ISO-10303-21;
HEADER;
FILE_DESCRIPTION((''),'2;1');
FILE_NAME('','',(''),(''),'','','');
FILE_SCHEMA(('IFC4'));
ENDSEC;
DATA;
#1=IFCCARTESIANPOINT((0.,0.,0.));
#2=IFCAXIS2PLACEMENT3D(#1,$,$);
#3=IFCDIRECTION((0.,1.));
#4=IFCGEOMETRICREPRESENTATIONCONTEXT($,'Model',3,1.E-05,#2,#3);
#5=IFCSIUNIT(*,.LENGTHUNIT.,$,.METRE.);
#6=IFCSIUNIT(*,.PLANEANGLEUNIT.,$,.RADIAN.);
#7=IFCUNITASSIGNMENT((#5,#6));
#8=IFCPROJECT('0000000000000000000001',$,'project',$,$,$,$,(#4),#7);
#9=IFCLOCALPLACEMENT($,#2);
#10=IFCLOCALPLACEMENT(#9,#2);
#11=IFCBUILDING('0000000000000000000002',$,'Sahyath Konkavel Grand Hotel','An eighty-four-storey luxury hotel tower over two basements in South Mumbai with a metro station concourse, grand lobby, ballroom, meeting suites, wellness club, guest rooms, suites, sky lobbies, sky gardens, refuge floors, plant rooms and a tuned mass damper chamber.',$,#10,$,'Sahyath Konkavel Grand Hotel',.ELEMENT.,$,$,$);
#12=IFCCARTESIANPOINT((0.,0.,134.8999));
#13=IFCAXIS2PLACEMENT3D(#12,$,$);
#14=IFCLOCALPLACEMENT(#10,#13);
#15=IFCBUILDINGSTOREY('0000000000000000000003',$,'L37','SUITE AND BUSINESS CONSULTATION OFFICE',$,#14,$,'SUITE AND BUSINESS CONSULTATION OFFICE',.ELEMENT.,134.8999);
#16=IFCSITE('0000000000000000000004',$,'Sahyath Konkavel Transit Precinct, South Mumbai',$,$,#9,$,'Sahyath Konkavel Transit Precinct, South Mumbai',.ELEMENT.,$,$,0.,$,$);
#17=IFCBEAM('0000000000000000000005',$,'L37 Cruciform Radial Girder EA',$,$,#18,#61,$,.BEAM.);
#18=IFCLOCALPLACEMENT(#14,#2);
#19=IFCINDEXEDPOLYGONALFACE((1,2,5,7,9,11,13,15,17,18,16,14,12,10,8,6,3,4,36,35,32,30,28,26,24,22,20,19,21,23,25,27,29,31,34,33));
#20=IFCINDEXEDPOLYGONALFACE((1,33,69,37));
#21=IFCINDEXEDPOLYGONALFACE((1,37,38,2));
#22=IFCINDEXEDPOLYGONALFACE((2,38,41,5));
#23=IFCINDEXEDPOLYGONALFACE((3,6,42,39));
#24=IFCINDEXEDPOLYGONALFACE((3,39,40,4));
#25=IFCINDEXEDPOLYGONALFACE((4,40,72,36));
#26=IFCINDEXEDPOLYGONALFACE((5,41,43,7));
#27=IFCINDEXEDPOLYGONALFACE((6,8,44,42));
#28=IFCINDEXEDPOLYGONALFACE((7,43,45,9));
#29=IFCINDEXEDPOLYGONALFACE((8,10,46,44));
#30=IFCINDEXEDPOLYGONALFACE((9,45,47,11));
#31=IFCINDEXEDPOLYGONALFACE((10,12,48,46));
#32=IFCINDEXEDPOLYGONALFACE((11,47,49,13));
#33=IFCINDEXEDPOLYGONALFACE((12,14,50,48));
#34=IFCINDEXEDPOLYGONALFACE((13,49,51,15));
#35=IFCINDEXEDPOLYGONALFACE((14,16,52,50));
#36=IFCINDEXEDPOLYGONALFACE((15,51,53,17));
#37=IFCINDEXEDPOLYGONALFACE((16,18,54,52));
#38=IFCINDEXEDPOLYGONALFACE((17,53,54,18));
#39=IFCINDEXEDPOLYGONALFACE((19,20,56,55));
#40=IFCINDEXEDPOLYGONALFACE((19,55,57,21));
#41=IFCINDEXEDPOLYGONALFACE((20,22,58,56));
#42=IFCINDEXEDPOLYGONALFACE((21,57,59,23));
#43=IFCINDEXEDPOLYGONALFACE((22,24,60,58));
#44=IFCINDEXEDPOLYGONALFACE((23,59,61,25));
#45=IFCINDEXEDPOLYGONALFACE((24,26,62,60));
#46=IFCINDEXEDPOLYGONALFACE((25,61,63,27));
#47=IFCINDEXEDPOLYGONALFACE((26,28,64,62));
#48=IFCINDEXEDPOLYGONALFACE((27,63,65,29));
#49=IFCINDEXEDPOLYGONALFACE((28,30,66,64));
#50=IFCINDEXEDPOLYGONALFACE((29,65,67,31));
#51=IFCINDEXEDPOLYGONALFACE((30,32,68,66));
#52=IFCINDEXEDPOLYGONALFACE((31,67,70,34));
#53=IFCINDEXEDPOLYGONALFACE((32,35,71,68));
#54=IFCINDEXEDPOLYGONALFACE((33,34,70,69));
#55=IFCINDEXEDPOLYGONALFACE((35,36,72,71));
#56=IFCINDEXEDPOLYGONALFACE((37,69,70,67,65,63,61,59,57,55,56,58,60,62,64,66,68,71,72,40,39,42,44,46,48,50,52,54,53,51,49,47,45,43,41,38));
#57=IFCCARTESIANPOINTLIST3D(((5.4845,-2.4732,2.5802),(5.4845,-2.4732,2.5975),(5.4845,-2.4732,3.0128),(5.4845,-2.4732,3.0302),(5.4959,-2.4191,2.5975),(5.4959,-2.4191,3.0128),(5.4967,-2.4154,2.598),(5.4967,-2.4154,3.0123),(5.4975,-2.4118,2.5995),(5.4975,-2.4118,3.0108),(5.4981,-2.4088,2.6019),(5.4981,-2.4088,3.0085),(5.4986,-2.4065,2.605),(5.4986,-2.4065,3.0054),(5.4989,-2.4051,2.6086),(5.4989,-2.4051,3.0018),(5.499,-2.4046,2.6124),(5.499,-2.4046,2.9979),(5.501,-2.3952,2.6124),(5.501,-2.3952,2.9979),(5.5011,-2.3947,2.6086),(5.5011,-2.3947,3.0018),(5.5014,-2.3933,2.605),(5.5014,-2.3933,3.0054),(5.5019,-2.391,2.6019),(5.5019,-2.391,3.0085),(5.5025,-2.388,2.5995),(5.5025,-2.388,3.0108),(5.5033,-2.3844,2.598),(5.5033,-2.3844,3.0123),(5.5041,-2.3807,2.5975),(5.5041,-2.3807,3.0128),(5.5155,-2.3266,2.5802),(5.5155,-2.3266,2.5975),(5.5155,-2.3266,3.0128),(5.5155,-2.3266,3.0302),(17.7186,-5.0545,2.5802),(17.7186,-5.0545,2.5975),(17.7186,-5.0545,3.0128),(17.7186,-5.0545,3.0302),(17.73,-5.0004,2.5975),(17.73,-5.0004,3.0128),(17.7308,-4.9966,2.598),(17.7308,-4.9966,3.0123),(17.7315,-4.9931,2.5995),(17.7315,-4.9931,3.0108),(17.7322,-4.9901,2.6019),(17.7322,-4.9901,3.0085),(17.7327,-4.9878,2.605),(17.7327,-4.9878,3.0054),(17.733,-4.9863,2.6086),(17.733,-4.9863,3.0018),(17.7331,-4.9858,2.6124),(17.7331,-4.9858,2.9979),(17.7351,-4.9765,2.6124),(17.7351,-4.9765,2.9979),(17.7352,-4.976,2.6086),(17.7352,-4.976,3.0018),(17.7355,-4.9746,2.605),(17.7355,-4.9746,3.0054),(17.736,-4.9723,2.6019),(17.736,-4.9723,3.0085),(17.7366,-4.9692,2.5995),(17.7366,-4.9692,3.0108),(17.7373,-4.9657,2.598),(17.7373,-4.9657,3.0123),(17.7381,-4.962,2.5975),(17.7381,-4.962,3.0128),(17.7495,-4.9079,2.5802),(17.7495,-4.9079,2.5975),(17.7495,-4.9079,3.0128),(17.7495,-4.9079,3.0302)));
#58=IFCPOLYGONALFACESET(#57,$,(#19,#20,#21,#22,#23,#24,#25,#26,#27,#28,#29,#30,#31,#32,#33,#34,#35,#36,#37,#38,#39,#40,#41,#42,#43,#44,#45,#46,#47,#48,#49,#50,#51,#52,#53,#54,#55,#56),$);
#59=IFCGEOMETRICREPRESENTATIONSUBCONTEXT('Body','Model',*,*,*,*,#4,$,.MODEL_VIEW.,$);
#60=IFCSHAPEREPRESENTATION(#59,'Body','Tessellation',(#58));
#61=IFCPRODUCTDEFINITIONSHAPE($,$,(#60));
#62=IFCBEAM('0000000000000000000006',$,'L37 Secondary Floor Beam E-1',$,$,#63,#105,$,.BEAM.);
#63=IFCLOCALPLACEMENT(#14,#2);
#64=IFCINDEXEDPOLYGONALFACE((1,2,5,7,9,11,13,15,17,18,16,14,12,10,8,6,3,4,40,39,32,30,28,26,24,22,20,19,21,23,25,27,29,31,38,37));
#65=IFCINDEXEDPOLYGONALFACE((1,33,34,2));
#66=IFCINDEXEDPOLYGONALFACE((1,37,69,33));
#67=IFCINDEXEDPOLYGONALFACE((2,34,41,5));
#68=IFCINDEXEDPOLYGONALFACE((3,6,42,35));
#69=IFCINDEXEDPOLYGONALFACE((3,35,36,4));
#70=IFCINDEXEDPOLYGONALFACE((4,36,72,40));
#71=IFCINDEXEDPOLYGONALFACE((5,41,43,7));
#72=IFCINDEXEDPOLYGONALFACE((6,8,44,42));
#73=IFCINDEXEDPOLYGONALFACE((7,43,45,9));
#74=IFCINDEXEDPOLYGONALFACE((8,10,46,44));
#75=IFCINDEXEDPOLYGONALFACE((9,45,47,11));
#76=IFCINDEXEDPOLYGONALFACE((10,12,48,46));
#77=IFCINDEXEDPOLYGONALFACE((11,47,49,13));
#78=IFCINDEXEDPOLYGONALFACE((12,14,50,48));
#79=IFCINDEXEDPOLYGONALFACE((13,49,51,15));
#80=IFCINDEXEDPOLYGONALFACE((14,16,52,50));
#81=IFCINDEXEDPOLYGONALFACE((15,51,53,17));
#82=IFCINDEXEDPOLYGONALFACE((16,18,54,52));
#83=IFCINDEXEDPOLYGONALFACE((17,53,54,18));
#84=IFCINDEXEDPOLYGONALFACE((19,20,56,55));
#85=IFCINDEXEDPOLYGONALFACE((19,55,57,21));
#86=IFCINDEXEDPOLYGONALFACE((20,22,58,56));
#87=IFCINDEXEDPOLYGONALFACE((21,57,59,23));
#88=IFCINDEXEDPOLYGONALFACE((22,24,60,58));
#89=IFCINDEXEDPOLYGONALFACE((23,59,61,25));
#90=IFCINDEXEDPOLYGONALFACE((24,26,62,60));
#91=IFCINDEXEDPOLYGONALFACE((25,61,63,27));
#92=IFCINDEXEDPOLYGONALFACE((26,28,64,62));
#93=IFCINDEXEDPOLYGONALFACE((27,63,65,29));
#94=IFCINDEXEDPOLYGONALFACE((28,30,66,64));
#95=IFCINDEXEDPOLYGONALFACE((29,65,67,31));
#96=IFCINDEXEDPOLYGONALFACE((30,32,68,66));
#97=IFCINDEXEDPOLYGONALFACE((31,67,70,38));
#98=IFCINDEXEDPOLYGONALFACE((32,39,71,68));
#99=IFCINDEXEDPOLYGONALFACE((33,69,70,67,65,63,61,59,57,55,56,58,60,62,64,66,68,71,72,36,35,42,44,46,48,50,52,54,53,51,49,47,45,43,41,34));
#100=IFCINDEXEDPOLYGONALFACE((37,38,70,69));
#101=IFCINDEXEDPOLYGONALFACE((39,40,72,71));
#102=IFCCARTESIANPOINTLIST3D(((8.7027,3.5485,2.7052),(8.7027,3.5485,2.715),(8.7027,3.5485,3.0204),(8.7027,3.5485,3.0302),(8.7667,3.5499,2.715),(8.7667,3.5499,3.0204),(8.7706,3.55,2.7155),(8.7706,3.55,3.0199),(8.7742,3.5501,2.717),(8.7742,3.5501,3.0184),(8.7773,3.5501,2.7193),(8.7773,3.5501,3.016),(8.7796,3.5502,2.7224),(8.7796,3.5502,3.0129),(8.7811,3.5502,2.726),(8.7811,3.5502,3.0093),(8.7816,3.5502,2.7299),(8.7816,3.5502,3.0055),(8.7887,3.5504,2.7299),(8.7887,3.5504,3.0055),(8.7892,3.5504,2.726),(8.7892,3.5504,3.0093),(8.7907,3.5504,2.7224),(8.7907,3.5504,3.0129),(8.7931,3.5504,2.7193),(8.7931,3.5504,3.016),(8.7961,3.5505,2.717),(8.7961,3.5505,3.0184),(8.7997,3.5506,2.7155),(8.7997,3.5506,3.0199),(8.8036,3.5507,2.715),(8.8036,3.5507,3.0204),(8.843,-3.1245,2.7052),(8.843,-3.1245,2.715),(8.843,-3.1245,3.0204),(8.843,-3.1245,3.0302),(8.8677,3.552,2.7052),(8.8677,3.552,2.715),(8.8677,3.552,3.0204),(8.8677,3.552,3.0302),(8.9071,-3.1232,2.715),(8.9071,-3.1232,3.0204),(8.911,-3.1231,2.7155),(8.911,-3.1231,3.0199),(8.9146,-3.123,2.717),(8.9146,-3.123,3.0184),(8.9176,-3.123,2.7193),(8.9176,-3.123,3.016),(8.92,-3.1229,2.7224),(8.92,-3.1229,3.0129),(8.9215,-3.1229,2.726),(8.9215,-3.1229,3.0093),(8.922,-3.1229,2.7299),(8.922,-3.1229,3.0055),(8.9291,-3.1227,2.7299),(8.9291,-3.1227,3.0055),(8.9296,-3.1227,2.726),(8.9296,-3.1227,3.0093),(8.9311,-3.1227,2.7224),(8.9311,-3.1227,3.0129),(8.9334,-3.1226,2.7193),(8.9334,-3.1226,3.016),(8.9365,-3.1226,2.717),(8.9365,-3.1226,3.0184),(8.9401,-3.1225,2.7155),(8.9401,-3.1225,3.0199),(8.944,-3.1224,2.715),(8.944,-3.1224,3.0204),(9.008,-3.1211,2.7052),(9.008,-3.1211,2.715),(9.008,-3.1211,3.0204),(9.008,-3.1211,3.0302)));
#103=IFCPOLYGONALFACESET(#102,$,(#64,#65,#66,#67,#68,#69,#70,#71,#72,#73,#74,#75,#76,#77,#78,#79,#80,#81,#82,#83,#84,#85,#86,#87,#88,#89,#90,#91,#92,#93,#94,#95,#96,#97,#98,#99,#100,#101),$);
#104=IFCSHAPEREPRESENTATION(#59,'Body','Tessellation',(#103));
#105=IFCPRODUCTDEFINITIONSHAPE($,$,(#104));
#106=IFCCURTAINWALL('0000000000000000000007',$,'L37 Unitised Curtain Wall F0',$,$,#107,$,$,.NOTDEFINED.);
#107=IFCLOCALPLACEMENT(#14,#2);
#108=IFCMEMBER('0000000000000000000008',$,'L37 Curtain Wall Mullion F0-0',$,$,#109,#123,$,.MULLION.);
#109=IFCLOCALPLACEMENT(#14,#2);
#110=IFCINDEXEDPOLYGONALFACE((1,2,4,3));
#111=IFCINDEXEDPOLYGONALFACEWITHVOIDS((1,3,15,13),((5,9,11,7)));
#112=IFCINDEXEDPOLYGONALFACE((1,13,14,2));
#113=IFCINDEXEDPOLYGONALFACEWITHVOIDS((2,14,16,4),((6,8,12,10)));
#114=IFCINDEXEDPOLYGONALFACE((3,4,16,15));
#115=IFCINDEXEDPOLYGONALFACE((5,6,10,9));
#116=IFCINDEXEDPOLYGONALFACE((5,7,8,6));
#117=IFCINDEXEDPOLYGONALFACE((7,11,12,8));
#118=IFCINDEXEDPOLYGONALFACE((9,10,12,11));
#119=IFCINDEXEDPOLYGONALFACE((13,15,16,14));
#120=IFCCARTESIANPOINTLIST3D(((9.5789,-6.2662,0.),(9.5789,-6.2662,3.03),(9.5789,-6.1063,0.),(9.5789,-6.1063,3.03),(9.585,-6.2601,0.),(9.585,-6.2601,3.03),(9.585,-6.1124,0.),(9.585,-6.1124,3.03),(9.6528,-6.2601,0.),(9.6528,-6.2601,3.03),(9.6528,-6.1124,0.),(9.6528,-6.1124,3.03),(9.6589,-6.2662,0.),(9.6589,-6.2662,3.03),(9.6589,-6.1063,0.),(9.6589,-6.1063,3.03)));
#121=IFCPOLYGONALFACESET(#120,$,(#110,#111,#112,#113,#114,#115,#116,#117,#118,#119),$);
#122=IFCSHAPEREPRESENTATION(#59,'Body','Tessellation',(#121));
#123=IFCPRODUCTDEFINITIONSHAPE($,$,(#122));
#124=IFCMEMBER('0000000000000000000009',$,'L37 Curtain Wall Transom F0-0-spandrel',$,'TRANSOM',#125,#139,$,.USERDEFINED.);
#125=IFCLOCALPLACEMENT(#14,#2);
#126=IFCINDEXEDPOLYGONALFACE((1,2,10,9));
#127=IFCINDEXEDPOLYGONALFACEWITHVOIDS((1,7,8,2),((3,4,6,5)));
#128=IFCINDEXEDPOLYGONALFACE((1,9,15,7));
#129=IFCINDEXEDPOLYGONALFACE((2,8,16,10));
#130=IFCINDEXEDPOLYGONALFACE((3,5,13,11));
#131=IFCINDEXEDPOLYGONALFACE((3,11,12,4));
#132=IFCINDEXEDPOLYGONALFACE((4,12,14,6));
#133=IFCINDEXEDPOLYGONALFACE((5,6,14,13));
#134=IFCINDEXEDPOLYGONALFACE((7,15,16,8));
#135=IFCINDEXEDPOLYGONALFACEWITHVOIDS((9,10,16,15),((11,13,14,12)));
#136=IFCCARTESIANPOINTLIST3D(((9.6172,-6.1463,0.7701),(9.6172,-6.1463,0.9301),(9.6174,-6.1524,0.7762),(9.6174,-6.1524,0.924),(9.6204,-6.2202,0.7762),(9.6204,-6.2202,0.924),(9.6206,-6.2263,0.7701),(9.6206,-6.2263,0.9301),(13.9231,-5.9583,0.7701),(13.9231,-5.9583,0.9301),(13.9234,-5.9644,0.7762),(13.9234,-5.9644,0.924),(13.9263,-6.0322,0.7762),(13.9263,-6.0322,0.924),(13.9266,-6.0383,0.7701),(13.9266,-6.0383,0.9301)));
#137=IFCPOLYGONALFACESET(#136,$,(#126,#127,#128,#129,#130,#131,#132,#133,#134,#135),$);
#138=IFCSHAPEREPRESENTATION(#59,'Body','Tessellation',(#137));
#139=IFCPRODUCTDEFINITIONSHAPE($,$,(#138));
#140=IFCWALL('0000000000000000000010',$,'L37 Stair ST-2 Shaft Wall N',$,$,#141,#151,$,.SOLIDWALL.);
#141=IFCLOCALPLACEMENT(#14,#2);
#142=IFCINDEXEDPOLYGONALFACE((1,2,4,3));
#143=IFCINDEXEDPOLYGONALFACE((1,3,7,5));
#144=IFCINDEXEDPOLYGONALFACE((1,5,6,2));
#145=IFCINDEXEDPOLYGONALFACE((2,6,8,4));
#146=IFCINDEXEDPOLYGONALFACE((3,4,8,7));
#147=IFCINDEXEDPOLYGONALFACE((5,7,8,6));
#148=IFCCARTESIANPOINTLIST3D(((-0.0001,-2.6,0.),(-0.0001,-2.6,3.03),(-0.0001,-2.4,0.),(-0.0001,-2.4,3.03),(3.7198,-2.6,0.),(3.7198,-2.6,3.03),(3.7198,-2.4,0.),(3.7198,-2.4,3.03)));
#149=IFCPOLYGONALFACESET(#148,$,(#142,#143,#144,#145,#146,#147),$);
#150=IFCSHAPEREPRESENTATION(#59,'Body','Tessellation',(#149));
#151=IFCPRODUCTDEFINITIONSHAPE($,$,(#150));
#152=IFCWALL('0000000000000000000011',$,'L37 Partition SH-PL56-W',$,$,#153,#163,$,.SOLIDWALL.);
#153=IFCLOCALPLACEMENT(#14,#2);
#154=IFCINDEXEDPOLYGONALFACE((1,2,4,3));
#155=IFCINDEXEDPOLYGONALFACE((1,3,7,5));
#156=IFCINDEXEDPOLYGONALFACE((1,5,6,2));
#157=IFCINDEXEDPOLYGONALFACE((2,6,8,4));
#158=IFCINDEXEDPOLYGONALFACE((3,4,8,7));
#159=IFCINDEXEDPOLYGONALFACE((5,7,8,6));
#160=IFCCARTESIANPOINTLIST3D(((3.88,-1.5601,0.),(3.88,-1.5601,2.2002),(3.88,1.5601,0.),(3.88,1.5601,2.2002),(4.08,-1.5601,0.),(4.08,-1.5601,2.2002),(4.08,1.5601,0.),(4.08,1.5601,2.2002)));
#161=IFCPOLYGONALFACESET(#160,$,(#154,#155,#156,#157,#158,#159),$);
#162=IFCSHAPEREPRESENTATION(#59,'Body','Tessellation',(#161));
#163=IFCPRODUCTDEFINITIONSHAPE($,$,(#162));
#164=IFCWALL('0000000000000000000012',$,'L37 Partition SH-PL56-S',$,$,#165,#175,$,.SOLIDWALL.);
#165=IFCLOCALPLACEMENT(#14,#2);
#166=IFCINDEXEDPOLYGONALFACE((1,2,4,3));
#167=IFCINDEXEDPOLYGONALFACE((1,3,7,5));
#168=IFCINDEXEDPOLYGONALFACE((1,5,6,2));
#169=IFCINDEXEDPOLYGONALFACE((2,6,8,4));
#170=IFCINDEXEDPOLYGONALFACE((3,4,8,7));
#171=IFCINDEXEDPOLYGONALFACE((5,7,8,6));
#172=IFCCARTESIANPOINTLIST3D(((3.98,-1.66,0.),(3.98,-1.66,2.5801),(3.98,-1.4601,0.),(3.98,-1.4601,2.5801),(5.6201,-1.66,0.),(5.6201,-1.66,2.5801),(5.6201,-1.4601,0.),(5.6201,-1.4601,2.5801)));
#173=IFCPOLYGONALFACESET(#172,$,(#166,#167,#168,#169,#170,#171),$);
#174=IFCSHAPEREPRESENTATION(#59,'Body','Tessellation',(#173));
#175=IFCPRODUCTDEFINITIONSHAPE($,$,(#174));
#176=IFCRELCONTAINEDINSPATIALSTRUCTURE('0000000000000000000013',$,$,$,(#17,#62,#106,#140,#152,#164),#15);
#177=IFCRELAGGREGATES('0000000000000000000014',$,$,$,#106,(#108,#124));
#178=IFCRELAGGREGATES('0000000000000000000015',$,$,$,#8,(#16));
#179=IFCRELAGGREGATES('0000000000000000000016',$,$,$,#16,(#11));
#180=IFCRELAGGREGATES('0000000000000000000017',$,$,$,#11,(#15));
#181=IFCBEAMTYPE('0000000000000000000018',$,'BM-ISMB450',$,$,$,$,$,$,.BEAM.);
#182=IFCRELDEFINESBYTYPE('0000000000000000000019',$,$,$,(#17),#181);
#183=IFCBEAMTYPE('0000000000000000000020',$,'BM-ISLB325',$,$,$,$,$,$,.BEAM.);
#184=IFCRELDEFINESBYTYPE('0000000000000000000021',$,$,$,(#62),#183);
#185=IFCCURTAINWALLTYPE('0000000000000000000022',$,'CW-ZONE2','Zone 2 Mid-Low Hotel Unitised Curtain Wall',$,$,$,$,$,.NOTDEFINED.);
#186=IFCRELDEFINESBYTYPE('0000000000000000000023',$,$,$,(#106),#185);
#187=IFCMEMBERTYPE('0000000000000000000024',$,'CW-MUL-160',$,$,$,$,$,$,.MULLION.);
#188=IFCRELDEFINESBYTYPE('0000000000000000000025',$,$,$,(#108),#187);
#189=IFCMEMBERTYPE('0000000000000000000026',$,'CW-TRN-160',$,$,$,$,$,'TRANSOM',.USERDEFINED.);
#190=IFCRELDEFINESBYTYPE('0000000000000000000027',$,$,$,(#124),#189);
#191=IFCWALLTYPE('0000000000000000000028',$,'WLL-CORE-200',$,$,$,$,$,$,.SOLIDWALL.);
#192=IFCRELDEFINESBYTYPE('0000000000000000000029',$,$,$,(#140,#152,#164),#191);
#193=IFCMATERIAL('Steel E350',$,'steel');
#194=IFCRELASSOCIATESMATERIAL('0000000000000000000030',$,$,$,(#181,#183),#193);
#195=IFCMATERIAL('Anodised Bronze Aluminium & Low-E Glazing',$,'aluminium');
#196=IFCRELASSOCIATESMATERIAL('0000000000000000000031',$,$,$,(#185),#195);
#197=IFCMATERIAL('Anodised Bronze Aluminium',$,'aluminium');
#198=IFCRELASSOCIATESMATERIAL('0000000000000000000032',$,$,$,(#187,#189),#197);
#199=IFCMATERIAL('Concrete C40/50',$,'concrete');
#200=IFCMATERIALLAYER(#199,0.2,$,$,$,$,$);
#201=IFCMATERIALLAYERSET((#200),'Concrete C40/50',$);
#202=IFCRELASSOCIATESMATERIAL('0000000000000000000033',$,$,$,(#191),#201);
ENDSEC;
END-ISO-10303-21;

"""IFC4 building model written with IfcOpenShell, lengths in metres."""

from ifc_helpers import new_model, si_unit, direction, frame, frame_2d, origin, origin_2d, place, context, subcontext, project, spatial, rectangle, hollow_rectangle, i_section, extrude, source, transform, mapped, material, layer, layer_set, material_profile, profile_set, type_object, element, aggregate, save


model = new_model("IFC4")

# Units and contexts
model_context = context("Model", 3, precision=1e-05, world=origin(), true_north=direction((0.0, 1.0)))
body_context = subcontext(model_context, "Body", "Model", "MODEL_VIEW")
ifc_project = project(units=[si_unit("LENGTHUNIT", "METRE"), si_unit("PLANEANGLEUNIT", "RADIAN")], contexts=[model_context])

# Site, building, storey
site_placement = place(None, origin())
site = spatial("IfcSite", under=ifc_project, at=site_placement, Name="Sahyath Konkavel Transit Precinct, South Mumbai", LongName="Sahyath Konkavel Transit Precinct, South Mumbai", CompositionType="ELEMENT", RefElevation=0.0)
building_placement = place(site_placement, origin())
building = spatial("IfcBuilding", under=site, at=building_placement, Name="Sahyath Konkavel Grand Hotel", Description="An eighty-four-storey luxury hotel tower over two basements in South Mumbai with a metro station concourse, grand lobby, ballroom, meeting suites, wellness club, guest rooms, suites, sky lobbies, sky gardens, refuge floors, plant rooms and a tuned mass damper chamber.", LongName="Sahyath Konkavel Grand Hotel", CompositionType="ELEMENT")
storey_placement = place(building_placement, frame((0.0, 0.0, 134.8999)))
storey = spatial("IfcBuildingStorey", under=building, at=storey_placement, Name="L37", Description="SUITE AND BUSINESS CONSULTATION OFFICE", LongName="SUITE AND BUSINESS CONSULTATION OFFICE", CompositionType="ELEMENT", Elevation=134.8999)

# Beams
ifc_material_1 = material(Name="Steel E350", Category="steel")
ifc_material_profile_1 = material_profile(ifc_material_1, i_section(OverallWidth=0.1499, OverallDepth=0.45, WebThickness=0.0095, FlangeThickness=0.0173, FilletRadius=0.0149, at=origin_2d()), Name="ISMB 450")
ifc_profile_set_1 = profile_set([ifc_material_profile_1], Name="Steel E350")
beam_type_1 = type_object("IfcBeamType", Name="BM-ISMB450", PredefinedType="BEAM", material=ifc_profile_set_1)
shared_shape_1 = source(origin(), body_context, "Body", "SweptSolid", [
    extrude(i_section(OverallWidth=0.1499, OverallDepth=0.45, WebThickness=0.0095, FlangeThickness=0.0173, FilletRadius=0.0149, at=origin_2d()), origin(), (0.0, 0.0, 1.0), 12.5034),
])
beam_1_placement = place(storey_placement, frame((5.5, -2.3999, 2.8052), z_axis=(0.978458, -0.206446, 0.0), x_axis=(0.206446, 0.978458, 0.0)))
element("IfcBeam", 1, at=beam_1_placement, inside=storey, type_object=beam_type_1, Name="L37 Cruciform Radial Girder EA", PredefinedType="BEAM", context=body_context, shape_type="MappedRepresentation", body=[
    mapped(shared_shape_1, transform((0.0, 0.0, 0.0), scale=1.0)),
])
ifc_material_profile_2 = material_profile(ifc_material_1, i_section(OverallWidth=0.165, OverallDepth=0.325, WebThickness=0.0071, FlangeThickness=0.0098, FilletRadius=0.0149, at=origin_2d()), Name="ISLB 325")
ifc_profile_set_2 = profile_set([ifc_material_profile_2], Name="Steel E350")
beam_type_2 = type_object("IfcBeamType", Name="BM-ISLB325", PredefinedType="BEAM", material=ifc_profile_set_2)
shared_shape_2 = source(origin(), body_context, "Body", "SweptSolid", [
    extrude(i_section(OverallWidth=0.165, OverallDepth=0.325, WebThickness=0.0071, FlangeThickness=0.0098, FilletRadius=0.0149, at=origin_2d()), origin(), (0.0, 0.0, 1.0), 6.6746),
])
beam_2_placement = place(storey_placement, frame((8.9255, -3.1228, 2.8677), z_axis=(-0.021032, 0.999779, 0.0), x_axis=(-0.999779, -0.021032, 0.0)))
element("IfcBeam", 2, at=beam_2_placement, inside=storey, type_object=beam_type_2, Name="L37 Secondary Floor Beam E-1", PredefinedType="BEAM", context=body_context, shape_type="MappedRepresentation", body=[
    mapped(shared_shape_2, transform((0.0, 0.0, 0.0), scale=1.0)),
])

# Curtain wall, members
ifc_material_2 = material(Name="Anodised Bronze Aluminium & Low-E Glazing", Category="aluminium")
curtain_wall_type = type_object("IfcCurtainWallType", Name="CW-ZONE2", Description="Zone 2 Mid-Low Hotel Unitised Curtain Wall", PredefinedType="NOTDEFINED", material=ifc_material_2)
curtain_wall_placement = place(storey_placement, origin())
curtain_wall = element("IfcCurtainWall", 3, at=curtain_wall_placement, inside=storey, type_object=curtain_wall_type, Name="L37 Unitised Curtain Wall F0", PredefinedType="NOTDEFINED")
ifc_material_3 = material(Name="Anodised Bronze Aluminium", Category="aluminium")
ifc_material_profile_3 = material_profile(ifc_material_3, hollow_rectangle(XDim=0.0801, YDim=0.1599, WallThickness=0.0061, at=origin_2d()), Name="RHS 160x80x6")
ifc_profile_set_3 = profile_set([ifc_material_profile_3], Name="Anodised Bronze Aluminium")
member_type_1 = type_object("IfcMemberType", Name="CW-MUL-160", PredefinedType="MULLION", material=ifc_profile_set_3)
shared_shape_3 = source(origin(), body_context, "Body", "SweptSolid", [
    extrude(hollow_rectangle(XDim=0.0801, YDim=0.1599, WallThickness=0.0061, at=origin_2d()), origin(), (0.0, 0.0, 1.0), 3.03),
])
member_1_placement = place(storey_placement, frame((9.6189, -6.1863, 0.0), z_axis=(0.0, 0.0, 1.0), x_axis=(1.0, 0.0, 0.0)))
member_1 = element("IfcMember", 4, at=member_1_placement, type_object=member_type_1, Name="L37 Curtain Wall Mullion F0-0", PredefinedType="MULLION", context=body_context, shape_type="MappedRepresentation", body=[
    mapped(shared_shape_3, transform((0.0, 0.0, 0.0), scale=1.0)),
])
ifc_material_profile_4 = material_profile(ifc_material_3, hollow_rectangle(XDim=0.0801, YDim=0.1599, WallThickness=0.0061, at=origin_2d()), Name="RHS 160x80x6")
ifc_profile_set_4 = profile_set([ifc_material_profile_4], Name="Anodised Bronze Aluminium")
member_type_2 = type_object("IfcMemberType", Name="CW-TRN-160", ElementType="TRANSOM", PredefinedType="USERDEFINED", material=ifc_profile_set_4)
shared_shape_4 = source(origin(), body_context, "Body", "SweptSolid", [
    extrude(hollow_rectangle(XDim=0.0801, YDim=0.1599, WallThickness=0.0061, at=origin_2d()), origin(), (0.0, 0.0, 1.0), 4.3101),
])
member_2_placement = place(storey_placement, frame((9.6189, -6.1863, 0.8501), z_axis=(0.999048, 0.043617, 0.0), x_axis=(-0.043617, 0.999048, 0.0)))
member_2 = element("IfcMember", 5, at=member_2_placement, type_object=member_type_2, Name="L37 Curtain Wall Transom F0-0-spandrel", ObjectType="TRANSOM", PredefinedType="USERDEFINED", context=body_context, shape_type="MappedRepresentation", body=[
    mapped(shared_shape_4, transform((0.0, 0.0, 0.0), scale=1.0)),
])
aggregate(curtain_wall, [member_1, member_2])

# Walls
ifc_material_4 = material(Name="Concrete C40/50", Category="concrete")
ifc_layer_1 = layer(ifc_material_4, 0.2)
ifc_layer_set_1 = layer_set([ifc_layer_1], Name="Concrete C40/50")
wall_type_1 = type_object("IfcWallType", Name="WLL-CORE-200", PredefinedType="SOLIDWALL", material=ifc_layer_set_1)
wall_1_placement = place(storey_placement, frame((0.0, -2.5, 0.0), z_axis=(0.0, 0.0, 1.0), x_axis=(1.0, 0.0, 0.0)))
element("IfcWall", 6, at=wall_1_placement, inside=storey, type_object=wall_type_1, Name="L37 Stair ST-2 Shaft Wall N", PredefinedType="SOLIDWALL", context=body_context, shape_type="SweptSolid", body=[
    extrude(rectangle(XDim=3.72, YDim=0.2, at=frame_2d((1.8599, 0.0))), origin(), (0.0, 0.0, 1.0), 3.03),
])
wall_2_placement = place(storey_placement, frame((3.98, -1.5601, 0.0), z_axis=(0.0, 0.0, 1.0), x_axis=(0.0, 1.0, 0.0)))
element("IfcWall", 7, at=wall_2_placement, inside=storey, type_object=wall_type_1, Name="L37 Partition SH-PL56-W", PredefinedType="SOLIDWALL", context=body_context, shape_type="SweptSolid", body=[
    extrude(rectangle(XDim=3.1201, YDim=0.2, at=frame_2d((1.5601, 0.0))), origin(), (0.0, 0.0, 1.0), 2.2002),
])
wall_3_placement = place(storey_placement, frame((3.98, -1.5601, 0.0), z_axis=(0.0, 0.0, 1.0), x_axis=(1.0, 0.0, 0.0)))
element("IfcWall", 8, at=wall_3_placement, inside=storey, type_object=wall_type_1, Name="L37 Partition SH-PL56-S", PredefinedType="SOLIDWALL", context=body_context, shape_type="SweptSolid", body=[
    extrude(rectangle(XDim=1.6401, YDim=0.2, at=frame_2d((0.8201, 0.0))), origin(), (0.0, 0.0, 1.0), 2.5801),
])

save(model, "model.ifc")
